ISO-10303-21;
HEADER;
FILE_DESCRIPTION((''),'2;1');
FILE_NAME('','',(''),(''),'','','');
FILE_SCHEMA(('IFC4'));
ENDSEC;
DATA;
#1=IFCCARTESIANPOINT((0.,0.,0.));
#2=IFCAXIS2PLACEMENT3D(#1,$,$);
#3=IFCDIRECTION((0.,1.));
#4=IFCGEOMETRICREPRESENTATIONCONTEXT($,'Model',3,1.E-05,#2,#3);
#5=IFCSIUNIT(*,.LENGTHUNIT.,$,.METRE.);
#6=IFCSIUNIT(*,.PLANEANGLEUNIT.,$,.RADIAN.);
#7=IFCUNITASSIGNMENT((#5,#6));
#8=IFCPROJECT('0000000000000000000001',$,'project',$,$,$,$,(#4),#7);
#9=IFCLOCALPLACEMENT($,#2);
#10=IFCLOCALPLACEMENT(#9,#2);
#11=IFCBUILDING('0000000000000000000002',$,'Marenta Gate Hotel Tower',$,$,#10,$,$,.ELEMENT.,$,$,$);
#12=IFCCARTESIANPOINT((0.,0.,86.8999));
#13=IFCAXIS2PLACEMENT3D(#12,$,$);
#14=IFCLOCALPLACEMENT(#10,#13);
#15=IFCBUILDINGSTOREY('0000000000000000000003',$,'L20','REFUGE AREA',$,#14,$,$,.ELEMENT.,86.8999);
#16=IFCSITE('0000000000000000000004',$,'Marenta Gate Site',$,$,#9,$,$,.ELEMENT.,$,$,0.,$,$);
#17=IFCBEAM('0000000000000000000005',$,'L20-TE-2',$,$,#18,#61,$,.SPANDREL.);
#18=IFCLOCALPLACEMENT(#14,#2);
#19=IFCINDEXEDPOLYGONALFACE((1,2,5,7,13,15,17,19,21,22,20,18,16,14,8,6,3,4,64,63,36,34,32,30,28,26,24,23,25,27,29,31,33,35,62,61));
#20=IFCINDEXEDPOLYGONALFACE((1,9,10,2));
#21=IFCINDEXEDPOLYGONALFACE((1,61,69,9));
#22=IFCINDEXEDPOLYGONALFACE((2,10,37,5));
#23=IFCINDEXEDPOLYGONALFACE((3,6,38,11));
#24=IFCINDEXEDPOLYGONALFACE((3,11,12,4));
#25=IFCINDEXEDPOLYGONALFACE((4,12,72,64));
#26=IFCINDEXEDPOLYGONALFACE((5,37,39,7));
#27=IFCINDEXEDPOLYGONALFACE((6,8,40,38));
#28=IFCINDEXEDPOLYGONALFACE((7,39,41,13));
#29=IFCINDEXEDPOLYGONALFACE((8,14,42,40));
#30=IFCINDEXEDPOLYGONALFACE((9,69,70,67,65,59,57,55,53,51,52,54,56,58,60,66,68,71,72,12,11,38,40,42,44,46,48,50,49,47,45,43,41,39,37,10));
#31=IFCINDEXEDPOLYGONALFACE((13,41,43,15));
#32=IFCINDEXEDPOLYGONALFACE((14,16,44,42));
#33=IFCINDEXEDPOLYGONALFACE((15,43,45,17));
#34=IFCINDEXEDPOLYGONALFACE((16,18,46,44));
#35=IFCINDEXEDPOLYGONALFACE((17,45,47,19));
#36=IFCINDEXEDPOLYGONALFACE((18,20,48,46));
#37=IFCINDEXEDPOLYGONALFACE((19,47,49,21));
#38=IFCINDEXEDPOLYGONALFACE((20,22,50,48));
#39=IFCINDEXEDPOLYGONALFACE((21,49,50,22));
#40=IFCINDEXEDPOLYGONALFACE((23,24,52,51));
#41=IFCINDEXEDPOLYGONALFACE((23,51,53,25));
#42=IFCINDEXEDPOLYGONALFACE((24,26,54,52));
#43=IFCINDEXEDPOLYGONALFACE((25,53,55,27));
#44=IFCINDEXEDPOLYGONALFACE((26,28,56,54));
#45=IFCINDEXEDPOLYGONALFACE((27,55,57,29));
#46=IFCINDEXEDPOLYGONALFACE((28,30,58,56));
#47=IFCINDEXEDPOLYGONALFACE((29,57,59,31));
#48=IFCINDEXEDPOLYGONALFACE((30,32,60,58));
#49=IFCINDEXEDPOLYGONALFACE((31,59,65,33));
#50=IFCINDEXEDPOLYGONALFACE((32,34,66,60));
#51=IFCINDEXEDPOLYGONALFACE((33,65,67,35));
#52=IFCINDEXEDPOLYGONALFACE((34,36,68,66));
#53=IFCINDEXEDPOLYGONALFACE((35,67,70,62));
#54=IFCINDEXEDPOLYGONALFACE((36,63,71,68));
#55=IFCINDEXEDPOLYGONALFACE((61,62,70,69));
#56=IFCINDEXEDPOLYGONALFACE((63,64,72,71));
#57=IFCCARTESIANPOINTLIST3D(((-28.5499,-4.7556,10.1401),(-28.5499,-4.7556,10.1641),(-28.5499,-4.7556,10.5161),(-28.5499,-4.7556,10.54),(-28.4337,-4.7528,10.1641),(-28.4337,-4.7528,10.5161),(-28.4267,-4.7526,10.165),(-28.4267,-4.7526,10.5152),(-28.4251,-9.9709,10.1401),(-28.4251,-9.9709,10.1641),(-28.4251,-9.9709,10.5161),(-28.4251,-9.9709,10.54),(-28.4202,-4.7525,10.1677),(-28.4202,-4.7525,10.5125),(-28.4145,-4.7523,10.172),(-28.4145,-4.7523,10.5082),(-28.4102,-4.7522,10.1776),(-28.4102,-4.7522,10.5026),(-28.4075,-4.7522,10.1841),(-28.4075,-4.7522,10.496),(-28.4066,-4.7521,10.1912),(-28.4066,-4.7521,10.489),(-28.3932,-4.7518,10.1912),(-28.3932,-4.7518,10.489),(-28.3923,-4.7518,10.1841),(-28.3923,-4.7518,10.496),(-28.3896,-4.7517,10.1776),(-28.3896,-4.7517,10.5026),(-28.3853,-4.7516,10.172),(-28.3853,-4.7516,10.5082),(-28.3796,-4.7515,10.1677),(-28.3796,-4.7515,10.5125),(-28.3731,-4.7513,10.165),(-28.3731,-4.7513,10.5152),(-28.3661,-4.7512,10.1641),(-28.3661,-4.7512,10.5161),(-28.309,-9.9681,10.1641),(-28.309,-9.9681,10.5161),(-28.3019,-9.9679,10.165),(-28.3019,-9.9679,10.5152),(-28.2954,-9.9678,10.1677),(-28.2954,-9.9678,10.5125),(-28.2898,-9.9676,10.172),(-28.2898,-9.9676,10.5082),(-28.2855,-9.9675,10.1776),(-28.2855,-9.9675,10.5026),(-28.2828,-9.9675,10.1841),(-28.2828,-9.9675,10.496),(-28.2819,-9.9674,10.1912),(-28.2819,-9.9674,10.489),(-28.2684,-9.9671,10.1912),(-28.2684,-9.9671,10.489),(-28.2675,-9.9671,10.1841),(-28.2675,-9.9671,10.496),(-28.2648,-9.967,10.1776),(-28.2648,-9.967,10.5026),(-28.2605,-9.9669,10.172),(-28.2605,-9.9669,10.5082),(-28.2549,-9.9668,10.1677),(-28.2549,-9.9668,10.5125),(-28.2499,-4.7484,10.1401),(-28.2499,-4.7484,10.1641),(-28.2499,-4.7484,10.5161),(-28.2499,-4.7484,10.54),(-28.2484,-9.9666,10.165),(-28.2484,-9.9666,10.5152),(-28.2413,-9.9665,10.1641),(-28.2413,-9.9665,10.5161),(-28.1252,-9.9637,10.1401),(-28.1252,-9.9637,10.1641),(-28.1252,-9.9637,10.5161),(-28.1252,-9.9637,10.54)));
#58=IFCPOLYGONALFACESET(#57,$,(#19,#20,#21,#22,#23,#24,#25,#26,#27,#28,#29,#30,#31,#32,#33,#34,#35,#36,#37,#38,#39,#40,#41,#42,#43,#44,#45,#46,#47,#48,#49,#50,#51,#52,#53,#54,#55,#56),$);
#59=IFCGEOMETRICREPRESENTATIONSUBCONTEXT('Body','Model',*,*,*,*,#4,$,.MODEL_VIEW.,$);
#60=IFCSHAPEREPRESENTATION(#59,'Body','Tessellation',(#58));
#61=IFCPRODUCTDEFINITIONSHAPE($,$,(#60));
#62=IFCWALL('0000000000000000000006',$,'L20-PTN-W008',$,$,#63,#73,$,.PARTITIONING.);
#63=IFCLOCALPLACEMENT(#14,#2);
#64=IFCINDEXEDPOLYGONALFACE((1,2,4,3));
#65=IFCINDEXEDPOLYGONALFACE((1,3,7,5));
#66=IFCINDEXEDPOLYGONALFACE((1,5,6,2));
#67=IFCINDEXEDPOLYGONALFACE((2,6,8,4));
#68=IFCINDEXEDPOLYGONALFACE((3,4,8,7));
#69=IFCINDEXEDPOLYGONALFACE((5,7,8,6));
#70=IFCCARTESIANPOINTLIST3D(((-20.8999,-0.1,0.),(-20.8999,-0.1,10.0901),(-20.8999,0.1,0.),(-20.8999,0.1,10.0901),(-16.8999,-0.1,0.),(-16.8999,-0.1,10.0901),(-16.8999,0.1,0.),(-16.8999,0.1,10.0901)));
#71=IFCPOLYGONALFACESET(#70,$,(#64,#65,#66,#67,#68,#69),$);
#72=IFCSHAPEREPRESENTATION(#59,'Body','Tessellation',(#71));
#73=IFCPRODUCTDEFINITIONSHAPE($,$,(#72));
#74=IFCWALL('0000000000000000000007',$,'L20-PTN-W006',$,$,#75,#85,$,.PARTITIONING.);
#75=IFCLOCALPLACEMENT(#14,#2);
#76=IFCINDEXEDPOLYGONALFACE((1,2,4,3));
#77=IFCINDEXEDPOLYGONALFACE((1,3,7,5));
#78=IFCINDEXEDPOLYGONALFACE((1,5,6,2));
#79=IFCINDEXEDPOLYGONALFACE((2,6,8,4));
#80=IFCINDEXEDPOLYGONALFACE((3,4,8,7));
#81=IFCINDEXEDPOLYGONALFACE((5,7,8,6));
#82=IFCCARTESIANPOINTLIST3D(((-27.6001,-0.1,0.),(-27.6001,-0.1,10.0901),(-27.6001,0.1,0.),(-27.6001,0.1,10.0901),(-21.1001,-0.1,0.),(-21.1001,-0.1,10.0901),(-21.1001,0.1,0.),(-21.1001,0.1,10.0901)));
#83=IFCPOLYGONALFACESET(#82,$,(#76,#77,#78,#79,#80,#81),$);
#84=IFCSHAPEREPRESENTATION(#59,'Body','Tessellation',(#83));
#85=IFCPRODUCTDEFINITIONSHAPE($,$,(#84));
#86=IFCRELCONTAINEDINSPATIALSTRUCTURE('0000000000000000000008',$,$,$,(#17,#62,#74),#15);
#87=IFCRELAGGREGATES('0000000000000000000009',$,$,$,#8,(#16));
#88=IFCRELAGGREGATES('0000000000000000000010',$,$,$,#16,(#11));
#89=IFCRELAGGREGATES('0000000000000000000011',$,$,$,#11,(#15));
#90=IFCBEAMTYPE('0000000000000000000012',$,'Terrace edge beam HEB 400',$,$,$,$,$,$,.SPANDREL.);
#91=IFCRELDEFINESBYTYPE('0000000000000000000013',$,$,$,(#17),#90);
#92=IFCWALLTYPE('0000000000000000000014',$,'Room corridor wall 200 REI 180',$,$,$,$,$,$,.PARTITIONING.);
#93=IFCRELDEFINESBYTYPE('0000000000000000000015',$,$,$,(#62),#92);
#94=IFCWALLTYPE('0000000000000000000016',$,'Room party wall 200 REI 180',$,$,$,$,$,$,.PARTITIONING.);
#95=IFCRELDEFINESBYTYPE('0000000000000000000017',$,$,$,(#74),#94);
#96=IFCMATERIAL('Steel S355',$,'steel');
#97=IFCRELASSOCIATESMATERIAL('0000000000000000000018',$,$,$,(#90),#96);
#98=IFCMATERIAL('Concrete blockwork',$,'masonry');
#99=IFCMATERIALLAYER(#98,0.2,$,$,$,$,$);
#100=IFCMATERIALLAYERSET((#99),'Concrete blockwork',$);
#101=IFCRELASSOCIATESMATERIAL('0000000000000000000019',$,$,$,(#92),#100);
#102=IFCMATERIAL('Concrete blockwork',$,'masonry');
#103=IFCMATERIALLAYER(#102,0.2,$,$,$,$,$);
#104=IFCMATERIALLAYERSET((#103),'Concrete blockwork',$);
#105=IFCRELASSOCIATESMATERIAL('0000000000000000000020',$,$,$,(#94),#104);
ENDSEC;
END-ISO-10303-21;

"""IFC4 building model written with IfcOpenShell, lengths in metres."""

from ifc_helpers import new_model, si_unit, direction, frame, frame_2d, origin, origin_2d, place, context, subcontext, project, spatial, rectangle, i_section, extrude, material, layer, layer_set, material_profile, profile_set, type_object, element, save


model = new_model("IFC4")

# Units and contexts
model_context = context("Model", 3, precision=1e-05, world=origin(), true_north=direction((0.0, 1.0)))
body_context = subcontext(model_context, "Body", "Model", "MODEL_VIEW")
ifc_project = project(units=[si_unit("LENGTHUNIT", "METRE"), si_unit("PLANEANGLEUNIT", "RADIAN")], contexts=[model_context])

# Site, building, storey
site_placement = place(None, origin())
site = spatial("IfcSite", under=ifc_project, at=site_placement, Name="Marenta Gate Site", CompositionType="ELEMENT", RefElevation=0.0)
building_placement = place(site_placement, origin())
building = spatial("IfcBuilding", under=site, at=building_placement, Name="Marenta Gate Hotel Tower", CompositionType="ELEMENT")
storey_placement = place(building_placement, frame((0.0, 0.0, 86.8999)))
storey = spatial("IfcBuildingStorey", under=building, at=storey_placement, Name="L20", Description="REFUGE AREA", CompositionType="ELEMENT", Elevation=86.8999)

# Beam
ifc_material_1 = material(Name="Steel S355", Category="steel")
ifc_material_profile_1 = material_profile(ifc_material_1, i_section(OverallWidth=0.3, OverallDepth=0.3999, WebThickness=0.0134, FlangeThickness=0.0239, FilletRadius=0.0271, at=origin_2d()), Name="HEB 400")
ifc_profile_set_1 = profile_set([ifc_material_profile_1], Name="Steel S355")
beam_type_1 = type_object("IfcBeamType", Name="Terrace edge beam HEB 400", PredefinedType="SPANDREL", material=ifc_profile_set_1)
beam_1_placement = place(storey_placement, frame((-28.2751, -9.9673, 10.3401), z_axis=(-0.023914, 0.999714, 0.0), x_axis=(-0.999714, -0.023914, 0.0)))
element("IfcBeam", 1, at=beam_1_placement, inside=storey, type_object=beam_type_1, Name="L20-TE-2", PredefinedType="SPANDREL", context=body_context, shape_type="SweptSolid", body=[
    extrude(i_section(OverallWidth=0.3, OverallDepth=0.3999, WebThickness=0.0134, FlangeThickness=0.0239, FilletRadius=0.0271, at=origin_2d()), origin(), (0.0, 0.0, 1.0), 5.2168),
])

# Walls
ifc_material_2 = material(Name="Concrete blockwork", Category="masonry")
ifc_layer_1 = layer(ifc_material_2, 0.2)
ifc_layer_set_1 = layer_set([ifc_layer_1], Name="Concrete blockwork")
wall_type_1 = type_object("IfcWallType", Name="Room corridor wall 200 REI 180", PredefinedType="PARTITIONING", material=ifc_layer_set_1)
wall_1_placement = place(storey_placement, frame((-20.8999, 0.0, 0.0), z_axis=(0.0, 0.0, 1.0), x_axis=(1.0, 0.0, 0.0)))
element("IfcWall", 2, at=wall_1_placement, inside=storey, type_object=wall_type_1, Name="L20-PTN-W008", PredefinedType="PARTITIONING", context=body_context, shape_type="SweptSolid", body=[
    extrude(rectangle(XDim=4.0, YDim=0.2, at=frame_2d((2.0, 0.0))), origin(), (0.0, 0.0, 1.0), 10.0901),
])
ifc_material_3 = material(Name="Concrete blockwork", Category="masonry")
ifc_layer_2 = layer(ifc_material_3, 0.2)
ifc_layer_set_2 = layer_set([ifc_layer_2], Name="Concrete blockwork")
wall_type_2 = type_object("IfcWallType", Name="Room party wall 200 REI 180", PredefinedType="PARTITIONING", material=ifc_layer_set_2)
wall_2_placement = place(storey_placement, frame((-27.6001, 0.0, 0.0), z_axis=(0.0, 0.0, 1.0), x_axis=(1.0, 0.0, 0.0)))
element("IfcWall", 3, at=wall_2_placement, inside=storey, type_object=wall_type_2, Name="L20-PTN-W006", PredefinedType="PARTITIONING", context=body_context, shape_type="SweptSolid", body=[
    extrude(rectangle(XDim=6.5, YDim=0.2, at=frame_2d((3.25, 0.0))), origin(), (0.0, 0.0, 1.0), 10.0901),
])

save(model, "model.ifc")
